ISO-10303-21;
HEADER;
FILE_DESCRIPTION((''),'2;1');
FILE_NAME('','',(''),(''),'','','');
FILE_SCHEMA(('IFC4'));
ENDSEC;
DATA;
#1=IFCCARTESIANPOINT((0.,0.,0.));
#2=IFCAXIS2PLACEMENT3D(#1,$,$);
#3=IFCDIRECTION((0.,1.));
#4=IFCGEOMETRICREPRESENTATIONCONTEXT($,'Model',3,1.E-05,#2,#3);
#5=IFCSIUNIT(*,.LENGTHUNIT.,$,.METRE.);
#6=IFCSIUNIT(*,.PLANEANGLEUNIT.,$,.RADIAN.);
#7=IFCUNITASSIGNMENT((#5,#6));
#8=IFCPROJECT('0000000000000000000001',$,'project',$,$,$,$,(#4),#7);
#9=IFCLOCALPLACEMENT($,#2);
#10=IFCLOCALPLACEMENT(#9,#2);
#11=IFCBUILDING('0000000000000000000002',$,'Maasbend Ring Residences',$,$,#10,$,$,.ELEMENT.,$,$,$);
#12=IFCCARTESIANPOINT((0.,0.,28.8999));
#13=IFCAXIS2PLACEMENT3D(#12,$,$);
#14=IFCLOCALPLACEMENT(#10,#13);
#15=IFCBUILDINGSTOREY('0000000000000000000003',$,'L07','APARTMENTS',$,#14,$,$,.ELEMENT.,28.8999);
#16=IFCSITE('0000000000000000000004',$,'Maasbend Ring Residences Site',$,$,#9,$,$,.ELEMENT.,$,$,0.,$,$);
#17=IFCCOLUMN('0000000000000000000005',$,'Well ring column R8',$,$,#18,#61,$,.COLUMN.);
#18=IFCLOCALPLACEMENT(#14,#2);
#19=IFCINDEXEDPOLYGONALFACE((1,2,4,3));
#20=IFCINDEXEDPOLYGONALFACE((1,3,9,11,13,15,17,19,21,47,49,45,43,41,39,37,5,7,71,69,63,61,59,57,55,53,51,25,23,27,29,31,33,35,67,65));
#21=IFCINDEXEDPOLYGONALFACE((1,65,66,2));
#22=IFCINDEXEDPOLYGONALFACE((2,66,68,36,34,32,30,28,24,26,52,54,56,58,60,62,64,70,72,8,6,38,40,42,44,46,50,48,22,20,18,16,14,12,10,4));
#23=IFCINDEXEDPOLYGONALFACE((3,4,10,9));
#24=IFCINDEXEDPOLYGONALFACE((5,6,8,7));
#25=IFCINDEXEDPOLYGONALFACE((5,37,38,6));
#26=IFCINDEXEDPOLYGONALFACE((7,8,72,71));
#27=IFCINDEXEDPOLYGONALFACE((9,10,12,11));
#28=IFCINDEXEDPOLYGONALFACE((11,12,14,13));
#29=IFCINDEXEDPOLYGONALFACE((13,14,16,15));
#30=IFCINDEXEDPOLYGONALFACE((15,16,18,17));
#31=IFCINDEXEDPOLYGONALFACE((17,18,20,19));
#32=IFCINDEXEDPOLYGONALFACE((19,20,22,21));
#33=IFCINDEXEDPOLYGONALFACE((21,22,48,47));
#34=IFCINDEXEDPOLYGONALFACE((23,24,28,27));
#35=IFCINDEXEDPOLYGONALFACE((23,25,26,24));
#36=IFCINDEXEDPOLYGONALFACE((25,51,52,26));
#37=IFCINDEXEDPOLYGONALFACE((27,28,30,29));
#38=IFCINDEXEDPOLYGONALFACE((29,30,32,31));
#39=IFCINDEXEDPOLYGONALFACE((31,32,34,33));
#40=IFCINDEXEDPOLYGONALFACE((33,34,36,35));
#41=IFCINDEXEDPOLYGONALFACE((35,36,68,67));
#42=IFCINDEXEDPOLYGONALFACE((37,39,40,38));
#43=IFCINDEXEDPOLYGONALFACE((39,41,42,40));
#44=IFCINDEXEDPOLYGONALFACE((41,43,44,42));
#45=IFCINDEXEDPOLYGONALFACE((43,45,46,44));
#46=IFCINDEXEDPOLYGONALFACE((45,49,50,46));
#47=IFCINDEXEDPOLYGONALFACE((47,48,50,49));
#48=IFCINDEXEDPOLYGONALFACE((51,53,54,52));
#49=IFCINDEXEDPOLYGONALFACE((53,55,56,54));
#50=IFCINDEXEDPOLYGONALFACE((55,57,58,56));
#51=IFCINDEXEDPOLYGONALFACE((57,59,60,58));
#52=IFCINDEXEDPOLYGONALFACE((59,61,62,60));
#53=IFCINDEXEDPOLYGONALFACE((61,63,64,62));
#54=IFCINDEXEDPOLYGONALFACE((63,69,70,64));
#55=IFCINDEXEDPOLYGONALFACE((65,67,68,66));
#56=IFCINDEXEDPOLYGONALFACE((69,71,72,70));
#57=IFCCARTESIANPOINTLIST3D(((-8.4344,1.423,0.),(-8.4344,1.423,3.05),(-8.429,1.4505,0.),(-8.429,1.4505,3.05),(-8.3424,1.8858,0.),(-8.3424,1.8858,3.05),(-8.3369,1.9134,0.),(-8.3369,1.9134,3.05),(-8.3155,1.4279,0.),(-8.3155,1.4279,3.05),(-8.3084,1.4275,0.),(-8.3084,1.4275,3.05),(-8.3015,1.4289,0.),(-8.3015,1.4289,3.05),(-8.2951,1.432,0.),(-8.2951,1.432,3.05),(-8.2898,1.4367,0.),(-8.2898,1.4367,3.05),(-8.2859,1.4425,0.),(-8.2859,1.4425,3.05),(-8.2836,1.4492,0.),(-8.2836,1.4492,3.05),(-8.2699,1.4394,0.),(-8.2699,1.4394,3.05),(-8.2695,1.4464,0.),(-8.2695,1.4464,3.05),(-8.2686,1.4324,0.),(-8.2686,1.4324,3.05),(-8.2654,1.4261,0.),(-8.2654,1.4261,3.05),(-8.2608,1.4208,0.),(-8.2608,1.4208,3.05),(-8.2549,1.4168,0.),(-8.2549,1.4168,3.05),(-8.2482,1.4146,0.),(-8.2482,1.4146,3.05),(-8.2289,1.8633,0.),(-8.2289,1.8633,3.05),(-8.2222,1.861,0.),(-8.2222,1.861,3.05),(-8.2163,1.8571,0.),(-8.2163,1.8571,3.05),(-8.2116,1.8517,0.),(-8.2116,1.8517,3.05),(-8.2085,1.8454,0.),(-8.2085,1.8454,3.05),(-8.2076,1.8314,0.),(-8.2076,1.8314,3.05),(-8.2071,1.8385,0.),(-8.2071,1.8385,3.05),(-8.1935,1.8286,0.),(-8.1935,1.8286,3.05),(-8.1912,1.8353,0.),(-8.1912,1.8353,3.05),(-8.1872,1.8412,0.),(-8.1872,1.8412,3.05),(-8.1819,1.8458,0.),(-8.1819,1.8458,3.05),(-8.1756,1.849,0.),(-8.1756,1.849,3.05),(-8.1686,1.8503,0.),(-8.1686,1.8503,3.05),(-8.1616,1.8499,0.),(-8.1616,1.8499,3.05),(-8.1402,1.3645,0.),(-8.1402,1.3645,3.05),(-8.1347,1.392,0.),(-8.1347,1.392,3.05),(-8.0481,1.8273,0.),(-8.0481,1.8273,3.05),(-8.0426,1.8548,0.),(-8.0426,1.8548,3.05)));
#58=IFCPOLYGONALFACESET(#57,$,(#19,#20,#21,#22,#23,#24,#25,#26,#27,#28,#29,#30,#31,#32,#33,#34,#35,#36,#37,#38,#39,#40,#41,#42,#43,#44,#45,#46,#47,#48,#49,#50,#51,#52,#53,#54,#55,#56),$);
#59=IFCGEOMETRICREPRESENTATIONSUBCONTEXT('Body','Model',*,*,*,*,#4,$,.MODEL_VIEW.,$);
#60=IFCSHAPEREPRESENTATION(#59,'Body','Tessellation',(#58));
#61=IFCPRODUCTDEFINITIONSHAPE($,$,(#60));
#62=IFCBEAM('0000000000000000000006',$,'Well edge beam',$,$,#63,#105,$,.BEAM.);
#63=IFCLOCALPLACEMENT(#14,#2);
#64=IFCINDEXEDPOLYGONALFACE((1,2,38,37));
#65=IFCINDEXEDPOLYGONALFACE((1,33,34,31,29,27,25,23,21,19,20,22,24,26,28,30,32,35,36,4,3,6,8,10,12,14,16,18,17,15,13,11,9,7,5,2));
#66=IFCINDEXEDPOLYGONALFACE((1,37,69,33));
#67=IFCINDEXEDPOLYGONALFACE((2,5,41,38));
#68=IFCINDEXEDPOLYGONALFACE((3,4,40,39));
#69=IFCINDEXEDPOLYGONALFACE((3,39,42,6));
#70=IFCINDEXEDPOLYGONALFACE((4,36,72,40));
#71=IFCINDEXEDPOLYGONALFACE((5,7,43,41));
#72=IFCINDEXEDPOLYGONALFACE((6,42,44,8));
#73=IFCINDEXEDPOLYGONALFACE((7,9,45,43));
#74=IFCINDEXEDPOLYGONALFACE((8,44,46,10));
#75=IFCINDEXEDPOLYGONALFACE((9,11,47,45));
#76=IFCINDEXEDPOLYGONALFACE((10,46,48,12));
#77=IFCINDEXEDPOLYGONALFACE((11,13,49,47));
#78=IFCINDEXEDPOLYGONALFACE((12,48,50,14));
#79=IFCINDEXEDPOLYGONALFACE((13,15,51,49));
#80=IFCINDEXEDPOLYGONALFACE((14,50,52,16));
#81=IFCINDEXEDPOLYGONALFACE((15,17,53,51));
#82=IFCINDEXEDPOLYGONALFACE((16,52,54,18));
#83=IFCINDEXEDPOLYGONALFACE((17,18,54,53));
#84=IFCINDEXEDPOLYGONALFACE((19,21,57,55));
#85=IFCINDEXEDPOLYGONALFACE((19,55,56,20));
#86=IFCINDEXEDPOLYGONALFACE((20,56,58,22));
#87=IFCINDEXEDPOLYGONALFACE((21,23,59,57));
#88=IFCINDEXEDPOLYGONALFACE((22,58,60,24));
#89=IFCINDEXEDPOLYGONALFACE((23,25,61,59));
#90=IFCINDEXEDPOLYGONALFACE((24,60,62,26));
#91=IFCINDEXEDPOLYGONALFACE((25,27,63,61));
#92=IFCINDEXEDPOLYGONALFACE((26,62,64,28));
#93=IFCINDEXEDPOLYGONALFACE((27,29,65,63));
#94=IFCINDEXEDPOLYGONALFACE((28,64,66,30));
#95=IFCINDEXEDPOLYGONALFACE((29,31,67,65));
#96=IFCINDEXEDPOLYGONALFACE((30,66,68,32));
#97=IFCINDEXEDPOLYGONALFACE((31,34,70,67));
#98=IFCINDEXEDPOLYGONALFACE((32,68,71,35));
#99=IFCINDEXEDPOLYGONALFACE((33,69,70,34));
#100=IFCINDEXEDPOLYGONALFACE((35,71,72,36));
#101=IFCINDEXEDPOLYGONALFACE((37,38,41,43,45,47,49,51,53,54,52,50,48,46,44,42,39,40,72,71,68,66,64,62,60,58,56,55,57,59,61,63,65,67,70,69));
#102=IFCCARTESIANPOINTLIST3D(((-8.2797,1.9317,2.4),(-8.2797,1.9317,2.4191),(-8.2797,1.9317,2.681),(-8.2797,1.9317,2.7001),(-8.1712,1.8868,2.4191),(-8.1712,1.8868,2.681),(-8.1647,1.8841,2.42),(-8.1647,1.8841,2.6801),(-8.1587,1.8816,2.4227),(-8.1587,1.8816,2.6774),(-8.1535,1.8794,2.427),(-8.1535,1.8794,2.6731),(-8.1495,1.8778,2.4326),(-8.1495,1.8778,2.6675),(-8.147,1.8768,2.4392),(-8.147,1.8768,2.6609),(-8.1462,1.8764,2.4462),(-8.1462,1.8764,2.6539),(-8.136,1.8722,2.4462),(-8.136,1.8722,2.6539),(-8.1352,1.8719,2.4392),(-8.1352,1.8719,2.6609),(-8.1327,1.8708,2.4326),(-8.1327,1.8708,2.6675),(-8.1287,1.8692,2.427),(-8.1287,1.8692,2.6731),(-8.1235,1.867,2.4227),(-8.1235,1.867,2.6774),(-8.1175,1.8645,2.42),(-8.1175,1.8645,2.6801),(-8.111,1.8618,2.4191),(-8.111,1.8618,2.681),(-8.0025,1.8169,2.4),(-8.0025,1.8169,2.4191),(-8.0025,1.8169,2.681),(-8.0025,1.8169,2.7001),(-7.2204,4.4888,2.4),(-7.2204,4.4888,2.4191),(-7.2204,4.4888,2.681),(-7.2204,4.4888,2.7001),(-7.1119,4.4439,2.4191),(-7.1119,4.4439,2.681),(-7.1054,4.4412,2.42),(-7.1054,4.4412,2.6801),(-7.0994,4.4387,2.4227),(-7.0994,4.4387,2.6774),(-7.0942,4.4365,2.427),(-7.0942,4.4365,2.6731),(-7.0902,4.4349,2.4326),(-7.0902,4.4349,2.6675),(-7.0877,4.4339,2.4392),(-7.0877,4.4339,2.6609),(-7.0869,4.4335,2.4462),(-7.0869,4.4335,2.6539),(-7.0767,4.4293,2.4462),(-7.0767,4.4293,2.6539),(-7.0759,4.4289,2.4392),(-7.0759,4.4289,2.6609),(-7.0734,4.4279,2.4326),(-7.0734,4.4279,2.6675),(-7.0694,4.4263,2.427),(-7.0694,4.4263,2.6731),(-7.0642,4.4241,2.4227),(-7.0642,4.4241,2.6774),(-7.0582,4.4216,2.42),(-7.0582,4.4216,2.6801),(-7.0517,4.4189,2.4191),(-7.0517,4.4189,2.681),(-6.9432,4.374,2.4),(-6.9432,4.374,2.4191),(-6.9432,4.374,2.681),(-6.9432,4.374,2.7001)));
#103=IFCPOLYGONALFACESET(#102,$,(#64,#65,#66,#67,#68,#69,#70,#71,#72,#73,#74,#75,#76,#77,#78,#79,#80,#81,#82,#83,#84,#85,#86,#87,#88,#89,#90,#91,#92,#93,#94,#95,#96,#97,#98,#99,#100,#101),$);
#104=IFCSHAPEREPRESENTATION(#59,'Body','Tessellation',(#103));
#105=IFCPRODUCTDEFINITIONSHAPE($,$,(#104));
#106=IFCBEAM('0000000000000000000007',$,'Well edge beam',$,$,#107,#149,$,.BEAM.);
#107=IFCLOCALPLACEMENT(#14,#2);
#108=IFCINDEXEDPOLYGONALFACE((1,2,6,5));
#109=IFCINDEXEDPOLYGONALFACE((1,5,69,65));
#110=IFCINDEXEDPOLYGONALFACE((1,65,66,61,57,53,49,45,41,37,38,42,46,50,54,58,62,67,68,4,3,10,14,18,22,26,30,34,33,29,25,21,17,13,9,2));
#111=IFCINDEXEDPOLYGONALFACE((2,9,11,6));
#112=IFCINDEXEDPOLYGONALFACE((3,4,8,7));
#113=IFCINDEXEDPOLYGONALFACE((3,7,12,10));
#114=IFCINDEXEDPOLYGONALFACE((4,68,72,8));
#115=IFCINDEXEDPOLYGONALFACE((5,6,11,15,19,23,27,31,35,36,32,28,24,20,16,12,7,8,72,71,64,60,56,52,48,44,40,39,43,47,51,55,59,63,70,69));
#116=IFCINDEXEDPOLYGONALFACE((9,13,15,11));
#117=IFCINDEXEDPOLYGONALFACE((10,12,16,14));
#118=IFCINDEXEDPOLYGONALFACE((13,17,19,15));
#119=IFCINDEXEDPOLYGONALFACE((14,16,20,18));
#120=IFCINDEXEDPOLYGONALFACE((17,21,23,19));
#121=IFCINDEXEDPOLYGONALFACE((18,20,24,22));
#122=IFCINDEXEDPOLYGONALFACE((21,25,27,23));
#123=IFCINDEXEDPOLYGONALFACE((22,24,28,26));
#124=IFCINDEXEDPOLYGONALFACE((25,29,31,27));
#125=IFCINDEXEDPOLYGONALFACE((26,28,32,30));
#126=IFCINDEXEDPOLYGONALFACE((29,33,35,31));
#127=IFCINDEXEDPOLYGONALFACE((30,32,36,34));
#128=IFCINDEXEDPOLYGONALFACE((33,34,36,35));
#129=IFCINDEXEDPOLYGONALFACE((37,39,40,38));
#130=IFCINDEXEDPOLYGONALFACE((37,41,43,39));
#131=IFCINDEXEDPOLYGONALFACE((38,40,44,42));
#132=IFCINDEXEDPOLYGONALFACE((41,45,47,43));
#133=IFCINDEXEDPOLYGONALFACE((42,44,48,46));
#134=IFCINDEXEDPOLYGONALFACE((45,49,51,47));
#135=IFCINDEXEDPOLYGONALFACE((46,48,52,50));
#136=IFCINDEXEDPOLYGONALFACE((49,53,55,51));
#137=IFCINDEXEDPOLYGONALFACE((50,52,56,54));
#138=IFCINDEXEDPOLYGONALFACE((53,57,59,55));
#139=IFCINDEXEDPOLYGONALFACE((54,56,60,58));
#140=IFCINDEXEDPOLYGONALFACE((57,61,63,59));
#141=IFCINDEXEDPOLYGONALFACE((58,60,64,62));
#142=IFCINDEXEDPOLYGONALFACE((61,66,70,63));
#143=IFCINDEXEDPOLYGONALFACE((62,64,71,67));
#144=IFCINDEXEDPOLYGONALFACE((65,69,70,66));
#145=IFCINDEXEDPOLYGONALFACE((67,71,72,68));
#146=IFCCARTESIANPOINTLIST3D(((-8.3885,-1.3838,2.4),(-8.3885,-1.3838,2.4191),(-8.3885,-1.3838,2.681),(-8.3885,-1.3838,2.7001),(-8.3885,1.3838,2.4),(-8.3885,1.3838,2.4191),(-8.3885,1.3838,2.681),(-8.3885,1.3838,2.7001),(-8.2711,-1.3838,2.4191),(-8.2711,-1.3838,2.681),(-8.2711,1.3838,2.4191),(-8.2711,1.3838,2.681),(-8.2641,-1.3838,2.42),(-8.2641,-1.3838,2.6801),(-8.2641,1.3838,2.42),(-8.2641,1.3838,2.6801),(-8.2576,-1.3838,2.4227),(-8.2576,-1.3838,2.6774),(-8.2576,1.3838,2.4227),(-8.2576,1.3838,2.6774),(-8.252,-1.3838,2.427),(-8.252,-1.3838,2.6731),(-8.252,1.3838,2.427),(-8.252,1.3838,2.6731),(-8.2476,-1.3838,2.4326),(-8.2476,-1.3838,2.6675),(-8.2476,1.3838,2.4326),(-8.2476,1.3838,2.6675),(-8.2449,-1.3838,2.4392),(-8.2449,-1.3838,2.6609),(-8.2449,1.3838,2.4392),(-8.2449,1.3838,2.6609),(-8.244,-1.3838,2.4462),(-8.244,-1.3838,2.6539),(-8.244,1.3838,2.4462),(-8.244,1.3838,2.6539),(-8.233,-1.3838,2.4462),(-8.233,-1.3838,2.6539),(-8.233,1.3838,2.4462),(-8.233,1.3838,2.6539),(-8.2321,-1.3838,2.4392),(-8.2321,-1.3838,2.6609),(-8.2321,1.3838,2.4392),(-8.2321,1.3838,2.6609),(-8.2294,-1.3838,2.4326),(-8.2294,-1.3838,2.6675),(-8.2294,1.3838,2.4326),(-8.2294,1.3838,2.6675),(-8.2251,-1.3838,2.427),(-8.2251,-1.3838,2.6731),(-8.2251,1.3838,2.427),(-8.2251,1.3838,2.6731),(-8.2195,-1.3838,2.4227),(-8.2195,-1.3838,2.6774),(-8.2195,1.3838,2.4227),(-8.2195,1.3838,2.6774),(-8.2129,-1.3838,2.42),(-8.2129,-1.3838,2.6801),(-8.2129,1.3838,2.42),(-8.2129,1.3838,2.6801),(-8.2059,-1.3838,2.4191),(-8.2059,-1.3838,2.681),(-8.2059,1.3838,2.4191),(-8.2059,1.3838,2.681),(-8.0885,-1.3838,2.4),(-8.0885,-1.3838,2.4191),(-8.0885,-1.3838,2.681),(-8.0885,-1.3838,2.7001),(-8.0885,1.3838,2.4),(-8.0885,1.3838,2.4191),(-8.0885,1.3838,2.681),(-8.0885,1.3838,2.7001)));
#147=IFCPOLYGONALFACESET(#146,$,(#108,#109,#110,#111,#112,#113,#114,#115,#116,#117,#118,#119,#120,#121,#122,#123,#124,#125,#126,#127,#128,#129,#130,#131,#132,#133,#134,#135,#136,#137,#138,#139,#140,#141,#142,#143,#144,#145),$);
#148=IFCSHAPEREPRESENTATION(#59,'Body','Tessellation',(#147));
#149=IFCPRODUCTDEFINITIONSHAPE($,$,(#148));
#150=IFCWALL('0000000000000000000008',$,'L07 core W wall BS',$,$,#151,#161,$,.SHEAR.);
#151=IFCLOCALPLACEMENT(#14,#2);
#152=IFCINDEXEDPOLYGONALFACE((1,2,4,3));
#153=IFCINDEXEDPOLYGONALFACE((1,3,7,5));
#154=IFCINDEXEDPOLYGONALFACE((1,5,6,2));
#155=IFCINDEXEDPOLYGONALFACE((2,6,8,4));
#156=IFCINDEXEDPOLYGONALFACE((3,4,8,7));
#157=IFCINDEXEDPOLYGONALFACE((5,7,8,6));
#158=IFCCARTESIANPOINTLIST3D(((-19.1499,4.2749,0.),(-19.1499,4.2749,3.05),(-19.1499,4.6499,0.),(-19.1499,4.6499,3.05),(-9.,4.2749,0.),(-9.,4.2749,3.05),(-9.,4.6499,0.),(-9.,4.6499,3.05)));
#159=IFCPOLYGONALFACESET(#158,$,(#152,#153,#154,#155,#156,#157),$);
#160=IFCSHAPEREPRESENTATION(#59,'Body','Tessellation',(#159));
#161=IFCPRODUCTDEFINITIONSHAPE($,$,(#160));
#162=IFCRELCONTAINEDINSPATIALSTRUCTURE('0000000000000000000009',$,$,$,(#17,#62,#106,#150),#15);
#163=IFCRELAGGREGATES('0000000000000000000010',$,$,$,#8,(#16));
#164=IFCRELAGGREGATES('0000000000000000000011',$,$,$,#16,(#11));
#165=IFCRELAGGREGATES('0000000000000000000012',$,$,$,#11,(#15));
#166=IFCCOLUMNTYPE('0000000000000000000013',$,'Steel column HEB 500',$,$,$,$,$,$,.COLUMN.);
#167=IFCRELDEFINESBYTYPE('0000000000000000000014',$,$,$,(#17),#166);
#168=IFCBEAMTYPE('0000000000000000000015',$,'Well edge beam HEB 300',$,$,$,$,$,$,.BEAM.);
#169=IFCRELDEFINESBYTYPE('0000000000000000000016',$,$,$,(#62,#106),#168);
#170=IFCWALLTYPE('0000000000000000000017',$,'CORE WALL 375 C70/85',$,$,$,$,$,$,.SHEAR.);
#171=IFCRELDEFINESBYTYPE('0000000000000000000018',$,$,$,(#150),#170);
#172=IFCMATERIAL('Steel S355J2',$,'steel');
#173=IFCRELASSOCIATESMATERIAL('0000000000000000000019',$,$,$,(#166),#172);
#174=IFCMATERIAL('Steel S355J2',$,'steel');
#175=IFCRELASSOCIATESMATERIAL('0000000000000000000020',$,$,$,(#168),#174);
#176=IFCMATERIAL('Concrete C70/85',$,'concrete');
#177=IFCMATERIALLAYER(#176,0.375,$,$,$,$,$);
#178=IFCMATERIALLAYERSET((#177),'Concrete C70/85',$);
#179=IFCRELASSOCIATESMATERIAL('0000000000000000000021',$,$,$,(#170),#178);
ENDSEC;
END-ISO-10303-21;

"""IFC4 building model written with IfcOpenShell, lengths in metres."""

from ifc_helpers import new_model, si_unit, direction, frame, frame_2d, origin, origin_2d, place, context, subcontext, project, spatial, rectangle, i_section, extrude, material, layer, layer_set, material_profile, profile_set, type_object, element, save


model = new_model("IFC4")

# Units and contexts
model_context = context("Model", 3, precision=1e-05, world=origin(), true_north=direction((0.0, 1.0)))
body_context = subcontext(model_context, "Body", "Model", "MODEL_VIEW")
ifc_project = project(units=[si_unit("LENGTHUNIT", "METRE"), si_unit("PLANEANGLEUNIT", "RADIAN")], contexts=[model_context])

# Site, building, storey
site_placement = place(None, origin())
site = spatial("IfcSite", under=ifc_project, at=site_placement, Name="Maasbend Ring Residences Site", CompositionType="ELEMENT", RefElevation=0.0)
building_placement = place(site_placement, origin())
building = spatial("IfcBuilding", under=site, at=building_placement, Name="Maasbend Ring Residences", CompositionType="ELEMENT")
storey_placement = place(building_placement, frame((0.0, 0.0, 28.8999)))
storey = spatial("IfcBuildingStorey", under=building, at=storey_placement, Name="L07", Description="APARTMENTS", CompositionType="ELEMENT", Elevation=28.8999)

# Column
ifc_material_1 = material(Name="Steel S355J2", Category="steel")
ifc_material_profile_1 = material_profile(ifc_material_1, i_section(OverallWidth=0.3, OverallDepth=0.5, WebThickness=0.0144, FlangeThickness=0.0281, FilletRadius=0.0271, at=origin_2d()), Name="HEB 500")
ifc_profile_set_1 = profile_set([ifc_material_profile_1], Name="Steel S355J2")
column_type = type_object("IfcColumnType", Name="Steel column HEB 500", PredefinedType="COLUMN", material=ifc_profile_set_1)
column_placement = place(storey_placement, frame((-8.2385, 1.6389, 0.0), z_axis=(0.0, 0.0, 1.0), x_axis=(-0.980785, 0.19509, 0.0)))
element("IfcColumn", 1, at=column_placement, inside=storey, type_object=column_type, Name="Well ring column R8", PredefinedType="COLUMN", context=body_context, shape_type="SweptSolid", body=[
    extrude(i_section(OverallWidth=0.3, OverallDepth=0.5, WebThickness=0.0144, FlangeThickness=0.0281, FilletRadius=0.0271, at=origin_2d()), origin(), (0.0, 0.0, 1.0), 3.05),
])

# Beams
ifc_material_2 = material(Name="Steel S355J2", Category="steel")
ifc_material_profile_2 = material_profile(ifc_material_2, i_section(OverallWidth=0.3, OverallDepth=0.3, WebThickness=0.011, FlangeThickness=0.019, FilletRadius=0.0271, at=origin_2d()), Name="HEB 300")
ifc_profile_set_2 = profile_set([ifc_material_profile_2], Name="Steel S355J2")
beam_type = type_object("IfcBeamType", Name="Well edge beam HEB 300", PredefinedType="BEAM", material=ifc_profile_set_2)
beam_1_placement = place(storey_placement, frame((-7.0818, 4.4314, 2.55), z_axis=(-0.382723, -0.923863, 0.0), x_axis=(0.923863, -0.382723, 0.0)))
element("IfcBeam", 2, at=beam_1_placement, inside=storey, type_object=beam_type, Name="Well edge beam", PredefinedType="BEAM", context=body_context, shape_type="SweptSolid", body=[
    extrude(i_section(OverallWidth=0.3, OverallDepth=0.3, WebThickness=0.011, FlangeThickness=0.019, FilletRadius=0.0271, at=origin_2d()), origin(), (0.0, 0.0, 1.0), 2.7678),
])
beam_2_placement = place(storey_placement, frame((-8.2385, 1.3838, 2.55), z_axis=(0.0, -1.0, 0.0), x_axis=(1.0, 0.0, 0.0)))
element("IfcBeam", 3, at=beam_2_placement, inside=storey, type_object=beam_type, Name="Well edge beam", PredefinedType="BEAM", context=body_context, shape_type="SweptSolid", body=[
    extrude(i_section(OverallWidth=0.3, OverallDepth=0.3, WebThickness=0.011, FlangeThickness=0.019, FilletRadius=0.0271, at=origin_2d()), origin(), (0.0, 0.0, 1.0), 2.7676),
])

# Wall
ifc_material_3 = material(Name="Concrete C70/85", Category="concrete")
ifc_layer_1 = layer(ifc_material_3, 0.375)
ifc_layer_set_1 = layer_set([ifc_layer_1], Name="Concrete C70/85")
wall_type_1 = type_object("IfcWallType", Name="CORE WALL 375 C70/85", PredefinedType="SHEAR", material=ifc_layer_set_1)
wall_1_placement = place(storey_placement, frame((-9.0, 4.4624, 0.0), z_axis=(0.0, 0.0, 1.0), x_axis=(-1.0, 0.0, 0.0)))
element("IfcWall", 4, at=wall_1_placement, inside=storey, type_object=wall_type_1, Name="L07 core W wall BS", PredefinedType="SHEAR", context=body_context, shape_type="SweptSolid", body=[
    extrude(rectangle(XDim=10.1499, YDim=0.375, at=frame_2d((5.075, 0.0))), origin(), (0.0, 0.0, 1.0), 3.05),
])

save(model, "model.ifc")
